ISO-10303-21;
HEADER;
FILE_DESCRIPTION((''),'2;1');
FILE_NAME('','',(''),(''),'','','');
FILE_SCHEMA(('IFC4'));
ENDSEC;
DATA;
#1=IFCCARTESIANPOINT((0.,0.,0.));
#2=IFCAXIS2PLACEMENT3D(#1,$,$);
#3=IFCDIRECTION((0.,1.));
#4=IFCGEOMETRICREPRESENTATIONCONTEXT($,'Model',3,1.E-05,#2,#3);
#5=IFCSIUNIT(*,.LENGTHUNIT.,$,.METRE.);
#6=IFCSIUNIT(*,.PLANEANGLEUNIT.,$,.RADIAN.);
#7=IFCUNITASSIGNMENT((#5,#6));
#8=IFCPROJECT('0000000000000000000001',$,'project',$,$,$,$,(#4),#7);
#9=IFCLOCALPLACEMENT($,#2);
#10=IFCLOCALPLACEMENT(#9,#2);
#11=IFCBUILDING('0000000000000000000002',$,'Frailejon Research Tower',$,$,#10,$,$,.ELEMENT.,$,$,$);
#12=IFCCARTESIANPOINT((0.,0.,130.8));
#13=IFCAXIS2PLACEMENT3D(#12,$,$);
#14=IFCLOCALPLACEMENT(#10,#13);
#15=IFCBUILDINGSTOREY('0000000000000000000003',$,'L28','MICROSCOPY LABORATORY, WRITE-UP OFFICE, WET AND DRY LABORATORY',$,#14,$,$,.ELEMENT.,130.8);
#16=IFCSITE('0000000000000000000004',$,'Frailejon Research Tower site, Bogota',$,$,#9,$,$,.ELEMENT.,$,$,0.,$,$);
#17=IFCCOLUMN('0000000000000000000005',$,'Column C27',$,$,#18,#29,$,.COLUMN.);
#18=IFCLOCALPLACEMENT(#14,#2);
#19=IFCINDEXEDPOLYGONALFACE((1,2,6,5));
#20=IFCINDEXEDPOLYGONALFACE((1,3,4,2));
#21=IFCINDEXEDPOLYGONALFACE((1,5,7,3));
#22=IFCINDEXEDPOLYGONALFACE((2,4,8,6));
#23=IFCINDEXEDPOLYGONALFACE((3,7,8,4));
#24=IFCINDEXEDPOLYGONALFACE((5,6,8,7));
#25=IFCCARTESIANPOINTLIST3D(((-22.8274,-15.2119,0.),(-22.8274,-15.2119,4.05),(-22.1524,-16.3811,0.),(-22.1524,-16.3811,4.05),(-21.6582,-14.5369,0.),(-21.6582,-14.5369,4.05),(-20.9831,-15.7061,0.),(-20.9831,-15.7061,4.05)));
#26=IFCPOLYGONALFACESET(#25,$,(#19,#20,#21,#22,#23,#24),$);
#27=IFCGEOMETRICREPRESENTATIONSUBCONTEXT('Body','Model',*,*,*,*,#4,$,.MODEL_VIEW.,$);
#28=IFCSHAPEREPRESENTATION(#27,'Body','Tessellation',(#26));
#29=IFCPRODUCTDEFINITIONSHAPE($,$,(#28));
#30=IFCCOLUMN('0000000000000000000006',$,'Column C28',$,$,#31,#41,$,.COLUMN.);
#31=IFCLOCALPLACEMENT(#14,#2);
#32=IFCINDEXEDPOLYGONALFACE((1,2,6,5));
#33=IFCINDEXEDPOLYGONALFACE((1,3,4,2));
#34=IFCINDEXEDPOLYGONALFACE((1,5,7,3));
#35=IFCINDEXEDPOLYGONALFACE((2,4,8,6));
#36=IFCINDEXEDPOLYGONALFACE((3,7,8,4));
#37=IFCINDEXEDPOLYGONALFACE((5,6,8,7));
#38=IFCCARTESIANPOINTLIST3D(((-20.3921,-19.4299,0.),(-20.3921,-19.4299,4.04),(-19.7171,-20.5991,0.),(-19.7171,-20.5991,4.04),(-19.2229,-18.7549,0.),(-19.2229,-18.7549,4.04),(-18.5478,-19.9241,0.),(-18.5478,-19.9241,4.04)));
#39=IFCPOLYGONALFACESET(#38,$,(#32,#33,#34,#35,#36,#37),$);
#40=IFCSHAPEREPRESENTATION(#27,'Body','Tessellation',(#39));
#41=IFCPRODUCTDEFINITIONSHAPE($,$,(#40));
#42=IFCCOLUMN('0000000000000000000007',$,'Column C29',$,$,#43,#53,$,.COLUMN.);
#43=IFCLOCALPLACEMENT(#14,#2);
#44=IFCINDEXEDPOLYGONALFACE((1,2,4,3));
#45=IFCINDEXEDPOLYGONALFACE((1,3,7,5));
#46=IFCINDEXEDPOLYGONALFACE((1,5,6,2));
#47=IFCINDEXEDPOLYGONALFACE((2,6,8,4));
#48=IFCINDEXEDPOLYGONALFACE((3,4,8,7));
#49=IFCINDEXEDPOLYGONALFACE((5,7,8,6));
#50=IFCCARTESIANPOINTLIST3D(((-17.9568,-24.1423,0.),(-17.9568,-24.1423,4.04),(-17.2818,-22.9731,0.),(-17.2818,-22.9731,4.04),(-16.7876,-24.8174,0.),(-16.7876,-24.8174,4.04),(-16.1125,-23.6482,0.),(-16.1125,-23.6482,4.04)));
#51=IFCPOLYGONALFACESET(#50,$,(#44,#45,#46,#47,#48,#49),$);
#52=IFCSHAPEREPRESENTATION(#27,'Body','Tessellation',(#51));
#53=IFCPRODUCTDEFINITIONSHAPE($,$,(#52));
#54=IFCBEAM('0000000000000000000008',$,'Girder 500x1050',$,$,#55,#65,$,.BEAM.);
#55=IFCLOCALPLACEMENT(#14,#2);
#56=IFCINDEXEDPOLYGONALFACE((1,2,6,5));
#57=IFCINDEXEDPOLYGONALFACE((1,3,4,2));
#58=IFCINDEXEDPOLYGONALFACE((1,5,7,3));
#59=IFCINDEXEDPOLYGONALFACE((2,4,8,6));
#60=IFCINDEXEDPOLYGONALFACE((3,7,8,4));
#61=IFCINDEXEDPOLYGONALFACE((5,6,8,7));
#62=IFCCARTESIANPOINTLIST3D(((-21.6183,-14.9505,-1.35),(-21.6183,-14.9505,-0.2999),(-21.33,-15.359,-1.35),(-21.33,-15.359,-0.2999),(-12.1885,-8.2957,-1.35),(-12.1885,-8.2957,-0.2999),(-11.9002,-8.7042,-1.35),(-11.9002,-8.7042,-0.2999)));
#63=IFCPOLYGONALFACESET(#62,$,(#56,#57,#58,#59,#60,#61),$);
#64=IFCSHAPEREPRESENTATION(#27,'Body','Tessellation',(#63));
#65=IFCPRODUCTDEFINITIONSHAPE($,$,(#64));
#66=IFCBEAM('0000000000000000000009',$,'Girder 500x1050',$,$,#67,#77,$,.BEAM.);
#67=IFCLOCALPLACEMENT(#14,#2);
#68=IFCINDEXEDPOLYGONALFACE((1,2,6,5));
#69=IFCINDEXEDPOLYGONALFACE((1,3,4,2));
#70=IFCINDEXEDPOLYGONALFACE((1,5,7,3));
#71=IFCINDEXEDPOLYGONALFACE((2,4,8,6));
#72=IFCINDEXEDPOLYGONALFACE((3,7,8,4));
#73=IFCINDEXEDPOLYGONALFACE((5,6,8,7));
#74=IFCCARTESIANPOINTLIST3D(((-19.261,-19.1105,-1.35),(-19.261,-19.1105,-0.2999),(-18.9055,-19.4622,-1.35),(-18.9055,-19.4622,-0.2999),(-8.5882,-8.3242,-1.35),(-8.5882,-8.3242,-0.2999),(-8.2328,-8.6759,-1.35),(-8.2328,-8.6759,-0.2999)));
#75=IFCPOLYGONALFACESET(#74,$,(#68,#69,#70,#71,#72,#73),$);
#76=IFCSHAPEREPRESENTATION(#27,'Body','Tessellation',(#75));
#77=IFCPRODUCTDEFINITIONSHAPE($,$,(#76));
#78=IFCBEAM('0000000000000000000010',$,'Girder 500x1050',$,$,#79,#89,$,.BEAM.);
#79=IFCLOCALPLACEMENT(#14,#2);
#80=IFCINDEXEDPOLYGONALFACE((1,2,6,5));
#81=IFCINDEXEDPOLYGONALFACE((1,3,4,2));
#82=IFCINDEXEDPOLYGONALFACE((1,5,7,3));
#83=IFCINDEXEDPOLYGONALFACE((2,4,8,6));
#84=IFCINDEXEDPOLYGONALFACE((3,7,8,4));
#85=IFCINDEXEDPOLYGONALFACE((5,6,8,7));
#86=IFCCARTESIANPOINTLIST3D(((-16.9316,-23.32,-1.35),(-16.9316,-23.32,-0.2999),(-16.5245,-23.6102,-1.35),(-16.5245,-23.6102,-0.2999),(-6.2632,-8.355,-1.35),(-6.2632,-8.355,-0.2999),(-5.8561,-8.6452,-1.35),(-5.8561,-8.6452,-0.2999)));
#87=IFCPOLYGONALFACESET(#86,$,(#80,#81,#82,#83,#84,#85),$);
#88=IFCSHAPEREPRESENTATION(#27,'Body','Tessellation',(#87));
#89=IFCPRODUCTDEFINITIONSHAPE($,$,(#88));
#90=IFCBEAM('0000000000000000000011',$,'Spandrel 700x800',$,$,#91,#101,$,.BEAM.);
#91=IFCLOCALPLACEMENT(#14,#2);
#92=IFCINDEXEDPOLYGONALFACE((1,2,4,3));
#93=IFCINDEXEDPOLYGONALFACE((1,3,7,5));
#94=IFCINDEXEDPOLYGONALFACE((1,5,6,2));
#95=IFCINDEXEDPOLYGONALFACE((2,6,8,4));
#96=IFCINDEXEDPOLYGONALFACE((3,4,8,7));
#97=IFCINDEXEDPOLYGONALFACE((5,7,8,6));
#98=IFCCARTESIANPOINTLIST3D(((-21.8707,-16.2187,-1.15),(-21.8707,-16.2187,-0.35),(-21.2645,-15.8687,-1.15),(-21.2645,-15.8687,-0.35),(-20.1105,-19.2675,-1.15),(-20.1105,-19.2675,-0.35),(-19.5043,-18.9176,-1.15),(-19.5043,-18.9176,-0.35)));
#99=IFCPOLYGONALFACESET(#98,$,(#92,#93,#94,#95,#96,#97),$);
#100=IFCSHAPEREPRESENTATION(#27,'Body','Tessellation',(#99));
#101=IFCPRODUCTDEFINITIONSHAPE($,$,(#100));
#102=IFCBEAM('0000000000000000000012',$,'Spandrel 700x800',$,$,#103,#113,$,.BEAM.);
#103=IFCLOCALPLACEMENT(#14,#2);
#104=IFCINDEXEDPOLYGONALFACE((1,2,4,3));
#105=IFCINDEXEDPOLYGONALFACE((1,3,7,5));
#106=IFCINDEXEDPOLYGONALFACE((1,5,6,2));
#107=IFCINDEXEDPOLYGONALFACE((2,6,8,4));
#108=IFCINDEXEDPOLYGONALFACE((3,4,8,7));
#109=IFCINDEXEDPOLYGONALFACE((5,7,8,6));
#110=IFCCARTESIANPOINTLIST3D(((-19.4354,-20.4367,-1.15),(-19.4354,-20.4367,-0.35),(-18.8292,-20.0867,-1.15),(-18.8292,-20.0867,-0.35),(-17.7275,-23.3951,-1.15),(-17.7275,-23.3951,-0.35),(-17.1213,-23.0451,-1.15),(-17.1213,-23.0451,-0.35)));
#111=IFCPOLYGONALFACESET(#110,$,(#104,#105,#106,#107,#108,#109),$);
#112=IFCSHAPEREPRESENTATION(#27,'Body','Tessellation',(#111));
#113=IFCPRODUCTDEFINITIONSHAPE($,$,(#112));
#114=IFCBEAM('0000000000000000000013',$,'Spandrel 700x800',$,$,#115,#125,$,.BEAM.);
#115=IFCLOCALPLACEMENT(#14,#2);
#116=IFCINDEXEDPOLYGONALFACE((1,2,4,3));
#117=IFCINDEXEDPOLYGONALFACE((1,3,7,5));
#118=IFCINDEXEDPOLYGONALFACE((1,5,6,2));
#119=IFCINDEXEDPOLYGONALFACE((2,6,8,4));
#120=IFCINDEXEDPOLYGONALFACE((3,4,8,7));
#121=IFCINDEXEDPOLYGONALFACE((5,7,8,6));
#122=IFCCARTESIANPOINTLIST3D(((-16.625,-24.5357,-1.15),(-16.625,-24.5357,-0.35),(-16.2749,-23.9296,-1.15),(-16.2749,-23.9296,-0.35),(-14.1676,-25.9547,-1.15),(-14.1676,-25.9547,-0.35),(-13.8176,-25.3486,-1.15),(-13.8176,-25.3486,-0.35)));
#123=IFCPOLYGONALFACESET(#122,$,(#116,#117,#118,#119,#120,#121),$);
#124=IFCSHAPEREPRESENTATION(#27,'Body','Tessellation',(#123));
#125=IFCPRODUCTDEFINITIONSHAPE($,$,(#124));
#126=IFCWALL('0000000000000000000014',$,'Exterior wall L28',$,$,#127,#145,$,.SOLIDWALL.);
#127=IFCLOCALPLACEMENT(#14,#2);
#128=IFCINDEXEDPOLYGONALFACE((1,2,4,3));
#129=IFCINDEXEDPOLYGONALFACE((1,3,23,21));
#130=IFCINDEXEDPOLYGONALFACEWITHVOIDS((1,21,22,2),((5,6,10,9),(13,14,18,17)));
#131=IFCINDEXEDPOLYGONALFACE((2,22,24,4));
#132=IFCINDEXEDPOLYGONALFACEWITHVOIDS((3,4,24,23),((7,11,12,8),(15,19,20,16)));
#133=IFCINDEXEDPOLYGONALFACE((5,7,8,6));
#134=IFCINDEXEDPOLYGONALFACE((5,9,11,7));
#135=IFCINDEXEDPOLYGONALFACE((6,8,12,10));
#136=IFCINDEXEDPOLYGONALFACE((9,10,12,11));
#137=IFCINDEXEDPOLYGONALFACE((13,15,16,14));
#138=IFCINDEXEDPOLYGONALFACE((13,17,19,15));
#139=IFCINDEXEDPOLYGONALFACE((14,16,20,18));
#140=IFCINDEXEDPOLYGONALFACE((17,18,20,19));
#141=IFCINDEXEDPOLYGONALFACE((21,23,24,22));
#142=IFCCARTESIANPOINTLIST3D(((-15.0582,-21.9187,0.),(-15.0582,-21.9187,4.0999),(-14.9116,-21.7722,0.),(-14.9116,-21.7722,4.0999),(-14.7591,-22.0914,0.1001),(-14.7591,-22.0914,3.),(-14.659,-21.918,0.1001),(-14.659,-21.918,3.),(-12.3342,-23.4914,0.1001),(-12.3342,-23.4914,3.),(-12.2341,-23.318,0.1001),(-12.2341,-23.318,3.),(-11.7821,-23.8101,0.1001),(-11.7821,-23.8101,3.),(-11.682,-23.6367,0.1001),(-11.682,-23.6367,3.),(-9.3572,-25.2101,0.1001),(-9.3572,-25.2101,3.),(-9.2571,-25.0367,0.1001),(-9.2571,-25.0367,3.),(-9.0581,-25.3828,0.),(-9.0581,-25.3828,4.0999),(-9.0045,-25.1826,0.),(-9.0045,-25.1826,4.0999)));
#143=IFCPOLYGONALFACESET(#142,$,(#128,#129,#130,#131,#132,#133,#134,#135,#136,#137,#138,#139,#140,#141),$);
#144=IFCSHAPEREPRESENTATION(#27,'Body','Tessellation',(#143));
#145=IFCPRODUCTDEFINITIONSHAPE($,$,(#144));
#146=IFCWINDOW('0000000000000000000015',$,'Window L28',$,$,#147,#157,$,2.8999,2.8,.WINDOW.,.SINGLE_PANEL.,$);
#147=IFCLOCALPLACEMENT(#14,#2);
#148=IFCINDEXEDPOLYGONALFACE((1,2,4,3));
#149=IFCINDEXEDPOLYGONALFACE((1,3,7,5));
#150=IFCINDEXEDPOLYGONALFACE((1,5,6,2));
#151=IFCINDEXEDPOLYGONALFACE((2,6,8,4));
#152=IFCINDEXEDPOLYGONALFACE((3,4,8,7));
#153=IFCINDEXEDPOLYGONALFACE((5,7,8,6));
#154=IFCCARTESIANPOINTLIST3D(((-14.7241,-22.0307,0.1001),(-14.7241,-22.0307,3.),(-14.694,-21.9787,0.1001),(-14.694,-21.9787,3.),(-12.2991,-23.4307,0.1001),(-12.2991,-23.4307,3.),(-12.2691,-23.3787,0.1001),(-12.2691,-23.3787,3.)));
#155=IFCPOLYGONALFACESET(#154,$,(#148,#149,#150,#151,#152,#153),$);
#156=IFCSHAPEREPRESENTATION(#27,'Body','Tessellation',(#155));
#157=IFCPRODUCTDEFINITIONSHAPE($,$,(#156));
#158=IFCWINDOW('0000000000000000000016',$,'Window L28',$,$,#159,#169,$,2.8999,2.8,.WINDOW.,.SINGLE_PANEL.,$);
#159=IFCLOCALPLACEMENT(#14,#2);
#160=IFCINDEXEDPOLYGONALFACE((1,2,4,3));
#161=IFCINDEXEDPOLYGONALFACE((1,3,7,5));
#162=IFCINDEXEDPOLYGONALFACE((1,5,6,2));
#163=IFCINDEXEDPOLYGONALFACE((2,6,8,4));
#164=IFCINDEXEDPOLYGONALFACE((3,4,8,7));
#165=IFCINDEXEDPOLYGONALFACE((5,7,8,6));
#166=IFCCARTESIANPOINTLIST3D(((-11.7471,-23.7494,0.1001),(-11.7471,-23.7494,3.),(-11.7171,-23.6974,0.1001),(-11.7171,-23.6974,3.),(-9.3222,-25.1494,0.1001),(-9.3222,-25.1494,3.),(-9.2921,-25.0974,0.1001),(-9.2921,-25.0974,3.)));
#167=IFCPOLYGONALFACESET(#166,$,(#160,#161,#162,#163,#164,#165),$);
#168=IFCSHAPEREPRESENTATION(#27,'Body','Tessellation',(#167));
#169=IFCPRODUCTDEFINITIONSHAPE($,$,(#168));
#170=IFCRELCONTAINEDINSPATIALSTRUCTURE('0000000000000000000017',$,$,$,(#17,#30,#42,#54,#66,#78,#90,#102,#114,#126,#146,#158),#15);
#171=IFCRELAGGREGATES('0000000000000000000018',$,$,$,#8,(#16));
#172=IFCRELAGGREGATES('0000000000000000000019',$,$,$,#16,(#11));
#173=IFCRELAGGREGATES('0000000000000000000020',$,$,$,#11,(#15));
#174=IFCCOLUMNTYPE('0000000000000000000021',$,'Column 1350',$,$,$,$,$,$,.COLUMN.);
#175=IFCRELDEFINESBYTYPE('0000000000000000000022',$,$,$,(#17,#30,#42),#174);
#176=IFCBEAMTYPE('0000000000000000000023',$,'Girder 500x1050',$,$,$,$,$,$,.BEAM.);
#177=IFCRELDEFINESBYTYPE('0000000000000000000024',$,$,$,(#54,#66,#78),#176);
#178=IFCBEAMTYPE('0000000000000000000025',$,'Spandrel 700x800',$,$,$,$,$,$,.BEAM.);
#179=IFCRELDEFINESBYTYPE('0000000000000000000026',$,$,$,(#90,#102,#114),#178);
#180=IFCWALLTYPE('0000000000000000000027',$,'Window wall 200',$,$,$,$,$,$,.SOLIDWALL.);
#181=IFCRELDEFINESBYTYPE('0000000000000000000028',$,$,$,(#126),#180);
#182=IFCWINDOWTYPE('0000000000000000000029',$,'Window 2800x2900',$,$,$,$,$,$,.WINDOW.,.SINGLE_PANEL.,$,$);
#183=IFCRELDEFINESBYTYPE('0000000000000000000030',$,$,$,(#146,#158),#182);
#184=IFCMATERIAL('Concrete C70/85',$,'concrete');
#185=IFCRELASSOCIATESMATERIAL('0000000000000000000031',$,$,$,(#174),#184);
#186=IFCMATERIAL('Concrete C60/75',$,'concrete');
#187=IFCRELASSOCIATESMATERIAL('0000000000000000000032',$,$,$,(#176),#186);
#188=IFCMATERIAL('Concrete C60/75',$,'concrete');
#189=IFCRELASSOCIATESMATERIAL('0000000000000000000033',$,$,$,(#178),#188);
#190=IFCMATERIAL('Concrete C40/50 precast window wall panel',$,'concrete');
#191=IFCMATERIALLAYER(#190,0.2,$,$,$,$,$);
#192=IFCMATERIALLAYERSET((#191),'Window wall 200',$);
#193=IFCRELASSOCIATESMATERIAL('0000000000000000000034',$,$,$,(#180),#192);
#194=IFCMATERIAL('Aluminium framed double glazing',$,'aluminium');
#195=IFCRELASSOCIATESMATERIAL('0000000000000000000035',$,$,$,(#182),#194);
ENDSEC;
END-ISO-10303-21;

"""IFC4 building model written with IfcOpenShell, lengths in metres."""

from ifc_helpers import new_model, si_unit, direction, frame, frame_2d, origin, origin_2d, place, context, subcontext, project, spatial, polyline, rectangle, outline, extrude, material, layer, layer_set, material_profile, profile_set, type_object, element, fill, save


model = new_model("IFC4")

# Units and contexts
model_context = context("Model", 3, precision=1e-05, world=origin(), true_north=direction((0.0, 1.0)))
body_context = subcontext(model_context, "Body", "Model", "MODEL_VIEW")
ifc_project = project(units=[si_unit("LENGTHUNIT", "METRE"), si_unit("PLANEANGLEUNIT", "RADIAN")], contexts=[model_context])

# Site, building, storey
site_placement = place(None, origin())
site = spatial("IfcSite", under=ifc_project, at=site_placement, Name="Frailejon Research Tower site, Bogota", CompositionType="ELEMENT", RefElevation=0.0)
building_placement = place(site_placement, origin())
building = spatial("IfcBuilding", under=site, at=building_placement, Name="Frailejon Research Tower", CompositionType="ELEMENT")
storey_placement = place(building_placement, frame((0.0, 0.0, 130.8)))
storey = spatial("IfcBuildingStorey", under=building, at=storey_placement, Name="L28", Description="MICROSCOPY LABORATORY, WRITE-UP OFFICE, WET AND DRY LABORATORY", CompositionType="ELEMENT", Elevation=130.8)

# Columns
ifc_material_1 = material(Name="Concrete C70/85", Category="concrete")
ifc_material_profile_1 = material_profile(ifc_material_1, rectangle(XDim=1.3501, YDim=1.3501, at=origin_2d()), Name="Column 1350")
ifc_profile_set_1 = profile_set([ifc_material_profile_1], Name="Concrete C70/85")
column_type = type_object("IfcColumnType", Name="Column 1350", PredefinedType="COLUMN", material=ifc_profile_set_1)
column_placement = place(storey_placement, frame((-21.9053, -15.459, 0.0), z_axis=(0.0, 0.0, 1.0), x_axis=(0.5, -0.866025, 0.0)))
element("IfcColumn", 1, at=column_placement, inside=storey, type_object=column_type, Name="Column C27", PredefinedType="COLUMN", context=body_context, shape_type="SweptSolid", body=[
    extrude(rectangle(XDim=1.3501, YDim=1.3501, at=origin_2d()), origin(), (0.0, 0.0, 1.0), 4.05),
])
for number, where, z_axis, x_axis, name in (
    (2, (-19.47, -19.677, 0.0), (0.0, 0.0, 1.0), (0.5, -0.866025, 0.0), "Column C28"),
    (3, (-17.0347, -23.8953, 0.0), (0.0, 0.0, 1.0), (0.866025, -0.5, 0.0), "Column C29"),
):
    element("IfcColumn", number, at=place(storey_placement, frame(where, z_axis=z_axis, x_axis=x_axis)), inside=storey, type_object=column_type, Name=name, PredefinedType="COLUMN", context=body_context, shape_type="SweptSolid", body=[
        extrude(rectangle(XDim=1.3501, YDim=1.3501, at=origin_2d()), origin(), (0.0, 0.0, 1.0), 4.04),
    ])

# Beams
ifc_material_2 = material(Name="Concrete C60/75", Category="concrete")
ifc_material_profile_2 = material_profile(ifc_material_2, rectangle(XDim=0.5, YDim=1.05, at=origin_2d()), Name="Girder 500x1050")
ifc_profile_set_2 = profile_set([ifc_material_profile_2], Name="Concrete C60/75")
beam_type_1 = type_object("IfcBeamType", Name="Girder 500x1050", PredefinedType="BEAM", material=ifc_profile_set_2)
beam_1_placement = place(storey_placement, frame((-21.4741, -15.1548, -0.825), z_axis=(0.817028, 0.576598, 0.0), x_axis=(-0.576598, 0.817028, 0.0)))
element("IfcBeam", 4, at=beam_1_placement, inside=storey, type_object=beam_type_1, Name="Girder 500x1050", PredefinedType="BEAM", context=body_context, shape_type="SweptSolid", body=[
    extrude(rectangle(XDim=0.5, YDim=1.05, at=origin_2d()), origin(), (0.0, 0.0, 1.0), 11.5415),
])
beam_2_placement = place(storey_placement, frame((-19.0833, -19.2864, -0.825), z_axis=(0.703356, 0.710838, 0.0), x_axis=(-0.710838, 0.703356, 0.0)))
element("IfcBeam", 5, at=beam_2_placement, inside=storey, type_object=beam_type_1, Name="Girder 500x1050", PredefinedType="BEAM", context=body_context, shape_type="SweptSolid", body=[
    extrude(rectangle(XDim=0.5, YDim=1.05, at=origin_2d()), origin(), (0.0, 0.0, 1.0), 15.1741),
])
beam_3_placement = place(storey_placement, frame((-16.728, -23.4651, -0.825), z_axis=(0.580485, 0.814271, 0.0), x_axis=(-0.814271, 0.580485, 0.0)))
element("IfcBeam", 6, at=beam_3_placement, inside=storey, type_object=beam_type_1, Name="Girder 500x1050", PredefinedType="BEAM", context=body_context, shape_type="SweptSolid", body=[
    extrude(rectangle(XDim=0.5, YDim=1.05, at=origin_2d()), origin(), (0.0, 0.0, 1.0), 18.3784),
])
ifc_material_3 = material(Name="Concrete C60/75", Category="concrete")
ifc_material_profile_3 = material_profile(ifc_material_3, rectangle(XDim=0.7, YDim=0.8, at=origin_2d()), Name="Spandrel 700x800")
ifc_profile_set_3 = profile_set([ifc_material_profile_3], Name="Concrete C60/75")
beam_type_2 = type_object("IfcBeamType", Name="Spandrel 700x800", PredefinedType="BEAM", material=ifc_profile_set_3)
beam_4_placement = place(storey_placement, frame((-21.5676, -16.0437, -0.75), z_axis=(0.500003, -0.866024, 0.0), x_axis=(0.866024, 0.500003, 0.0)))
element("IfcBeam", 7, at=beam_4_placement, inside=storey, type_object=beam_type_2, Name="Spandrel 700x800", PredefinedType="BEAM", context=body_context, shape_type="SweptSolid", body=[
    extrude(rectangle(XDim=0.7, YDim=0.8, at=origin_2d()), origin(), (0.0, 0.0, 1.0), 3.5205),
])
beam_5_placement = place(storey_placement, frame((-19.1323, -20.2617, -0.75), z_axis=(0.499982, -0.866036, 0.0), x_axis=(0.866036, 0.499982, 0.0)))
element("IfcBeam", 8, at=beam_5_placement, inside=storey, type_object=beam_type_2, Name="Spandrel 700x800", PredefinedType="BEAM", context=body_context, shape_type="SweptSolid", body=[
    extrude(rectangle(XDim=0.7, YDim=0.8, at=origin_2d()), origin(), (0.0, 0.0, 1.0), 3.416),
])
beam_6_placement = place(storey_placement, frame((-16.45, -24.2327, -0.75), z_axis=(0.865989, -0.500063, 0.0), x_axis=(0.500063, 0.865989, 0.0)))
element("IfcBeam", 9, at=beam_6_placement, inside=storey, type_object=beam_type_2, Name="Spandrel 700x800", PredefinedType="BEAM", context=body_context, shape_type="SweptSolid", body=[
    extrude(rectangle(XDim=0.7, YDim=0.8, at=origin_2d()), origin(), (0.0, 0.0, 1.0), 2.8376),
])

# Wall, openings, windows
ifc_material_4 = material(Name="Concrete C40/50 precast window wall panel", Category="concrete")
ifc_layer_1 = layer(ifc_material_4, 0.2)
ifc_layer_set_1 = layer_set([ifc_layer_1], Name="Window wall 200")
wall_type = type_object("IfcWallType", Name="Window wall 200", PredefinedType="SOLIDWALL", material=ifc_layer_set_1)
wall_placement = place(storey_placement, frame((-14.9849, -21.8455, 0.0), z_axis=(0.0, 0.0, 1.0), x_axis=(0.866029, -0.499993, 0.0)))
wall = element("IfcWall", 10, at=wall_placement, inside=storey, type_object=wall_type, Name="Exterior wall L28", PredefinedType="SOLIDWALL", context=body_context, shape_type="SweptSolid", body=[
    extrude(outline(polyline([(-0.0269, -0.1001), (1.1279, -0.1001), (2.2825, -0.1001), (3.4373, -0.1001), (4.592, -0.1001), (5.7466, -0.1001), (6.9014, -0.1001), (6.8477, 0.1001), (5.7109, 0.1001), (4.574, 0.1001), (3.4373, 0.1001), (2.3005, 0.1001), (1.1636, 0.1001), (0.0269, 0.1001), (-0.0269, -0.1001)])), origin(), (0.0, 0.0, 1.0), 4.0999),
])
opening_1_placement = place(wall_placement, frame((0.3186, 0.0, 0.1001)))
opening_1 = element("IfcOpeningElement", 11, at=opening_1_placement, cuts=wall, PredefinedType="OPENING", context=body_context, shape_type="SweptSolid", body=[
    extrude(rectangle(XDim=2.8, YDim=2.8999, at=frame_2d((1.3999, 1.45))), frame((0.0, 0.1099, 0.0), z_axis=(0.0, -1.0, 0.0), x_axis=(1.0, 0.0, 0.0)), (0.0, 0.0, 1.0), 0.22),
])
opening_2_placement = place(wall_placement, frame((3.7561, 0.0, 0.1001)))
opening_2 = element("IfcOpeningElement", 12, at=opening_2_placement, cuts=wall, PredefinedType="OPENING", context=body_context, shape_type="SweptSolid", body=[
    extrude(rectangle(XDim=2.8, YDim=2.8999, at=frame_2d((1.3999, 1.45))), frame((0.0, 0.1099, 0.0), z_axis=(0.0, -1.0, 0.0), x_axis=(1.0, 0.0, 0.0)), (0.0, 0.0, 1.0), 0.22),
])
ifc_material_5 = material(Name="Aluminium framed double glazing", Category="aluminium")
window_type = type_object("IfcWindowType", Name="Window 2800x2900", PartitioningType="SINGLE_PANEL", PredefinedType="WINDOW", material=ifc_material_5)
window_1_placement = place(opening_1_placement, origin())
window_1 = element("IfcWindow", 13, at=window_1_placement, inside=storey, type_object=window_type, Name="Window L28", OverallHeight=2.8999, OverallWidth=2.8, PartitioningType="SINGLE_PANEL", PredefinedType="WINDOW", context=body_context, shape_type="SweptSolid", body=[
    extrude(rectangle(XDim=2.8, YDim=2.8999, at=frame_2d((1.3999, 1.45))), frame((0.0, 0.03, 0.0), z_axis=(0.0, -1.0, 0.0), x_axis=(1.0, 0.0, 0.0)), (0.0, 0.0, 1.0), 0.0601),
])
fill(opening_1, window_1)
window_2_placement = place(opening_2_placement, origin())
window_2 = element("IfcWindow", 14, at=window_2_placement, inside=storey, type_object=window_type, Name="Window L28", OverallHeight=2.8999, OverallWidth=2.8, PartitioningType="SINGLE_PANEL", PredefinedType="WINDOW", context=body_context, shape_type="SweptSolid", body=[
    extrude(rectangle(XDim=2.8, YDim=2.8999, at=frame_2d((1.3999, 1.45))), frame((0.0, 0.03, 0.0), z_axis=(0.0, -1.0, 0.0), x_axis=(1.0, 0.0, 0.0)), (0.0, 0.0, 1.0), 0.0601),
])
fill(opening_2, window_2)

save(model, "model.ifc")
